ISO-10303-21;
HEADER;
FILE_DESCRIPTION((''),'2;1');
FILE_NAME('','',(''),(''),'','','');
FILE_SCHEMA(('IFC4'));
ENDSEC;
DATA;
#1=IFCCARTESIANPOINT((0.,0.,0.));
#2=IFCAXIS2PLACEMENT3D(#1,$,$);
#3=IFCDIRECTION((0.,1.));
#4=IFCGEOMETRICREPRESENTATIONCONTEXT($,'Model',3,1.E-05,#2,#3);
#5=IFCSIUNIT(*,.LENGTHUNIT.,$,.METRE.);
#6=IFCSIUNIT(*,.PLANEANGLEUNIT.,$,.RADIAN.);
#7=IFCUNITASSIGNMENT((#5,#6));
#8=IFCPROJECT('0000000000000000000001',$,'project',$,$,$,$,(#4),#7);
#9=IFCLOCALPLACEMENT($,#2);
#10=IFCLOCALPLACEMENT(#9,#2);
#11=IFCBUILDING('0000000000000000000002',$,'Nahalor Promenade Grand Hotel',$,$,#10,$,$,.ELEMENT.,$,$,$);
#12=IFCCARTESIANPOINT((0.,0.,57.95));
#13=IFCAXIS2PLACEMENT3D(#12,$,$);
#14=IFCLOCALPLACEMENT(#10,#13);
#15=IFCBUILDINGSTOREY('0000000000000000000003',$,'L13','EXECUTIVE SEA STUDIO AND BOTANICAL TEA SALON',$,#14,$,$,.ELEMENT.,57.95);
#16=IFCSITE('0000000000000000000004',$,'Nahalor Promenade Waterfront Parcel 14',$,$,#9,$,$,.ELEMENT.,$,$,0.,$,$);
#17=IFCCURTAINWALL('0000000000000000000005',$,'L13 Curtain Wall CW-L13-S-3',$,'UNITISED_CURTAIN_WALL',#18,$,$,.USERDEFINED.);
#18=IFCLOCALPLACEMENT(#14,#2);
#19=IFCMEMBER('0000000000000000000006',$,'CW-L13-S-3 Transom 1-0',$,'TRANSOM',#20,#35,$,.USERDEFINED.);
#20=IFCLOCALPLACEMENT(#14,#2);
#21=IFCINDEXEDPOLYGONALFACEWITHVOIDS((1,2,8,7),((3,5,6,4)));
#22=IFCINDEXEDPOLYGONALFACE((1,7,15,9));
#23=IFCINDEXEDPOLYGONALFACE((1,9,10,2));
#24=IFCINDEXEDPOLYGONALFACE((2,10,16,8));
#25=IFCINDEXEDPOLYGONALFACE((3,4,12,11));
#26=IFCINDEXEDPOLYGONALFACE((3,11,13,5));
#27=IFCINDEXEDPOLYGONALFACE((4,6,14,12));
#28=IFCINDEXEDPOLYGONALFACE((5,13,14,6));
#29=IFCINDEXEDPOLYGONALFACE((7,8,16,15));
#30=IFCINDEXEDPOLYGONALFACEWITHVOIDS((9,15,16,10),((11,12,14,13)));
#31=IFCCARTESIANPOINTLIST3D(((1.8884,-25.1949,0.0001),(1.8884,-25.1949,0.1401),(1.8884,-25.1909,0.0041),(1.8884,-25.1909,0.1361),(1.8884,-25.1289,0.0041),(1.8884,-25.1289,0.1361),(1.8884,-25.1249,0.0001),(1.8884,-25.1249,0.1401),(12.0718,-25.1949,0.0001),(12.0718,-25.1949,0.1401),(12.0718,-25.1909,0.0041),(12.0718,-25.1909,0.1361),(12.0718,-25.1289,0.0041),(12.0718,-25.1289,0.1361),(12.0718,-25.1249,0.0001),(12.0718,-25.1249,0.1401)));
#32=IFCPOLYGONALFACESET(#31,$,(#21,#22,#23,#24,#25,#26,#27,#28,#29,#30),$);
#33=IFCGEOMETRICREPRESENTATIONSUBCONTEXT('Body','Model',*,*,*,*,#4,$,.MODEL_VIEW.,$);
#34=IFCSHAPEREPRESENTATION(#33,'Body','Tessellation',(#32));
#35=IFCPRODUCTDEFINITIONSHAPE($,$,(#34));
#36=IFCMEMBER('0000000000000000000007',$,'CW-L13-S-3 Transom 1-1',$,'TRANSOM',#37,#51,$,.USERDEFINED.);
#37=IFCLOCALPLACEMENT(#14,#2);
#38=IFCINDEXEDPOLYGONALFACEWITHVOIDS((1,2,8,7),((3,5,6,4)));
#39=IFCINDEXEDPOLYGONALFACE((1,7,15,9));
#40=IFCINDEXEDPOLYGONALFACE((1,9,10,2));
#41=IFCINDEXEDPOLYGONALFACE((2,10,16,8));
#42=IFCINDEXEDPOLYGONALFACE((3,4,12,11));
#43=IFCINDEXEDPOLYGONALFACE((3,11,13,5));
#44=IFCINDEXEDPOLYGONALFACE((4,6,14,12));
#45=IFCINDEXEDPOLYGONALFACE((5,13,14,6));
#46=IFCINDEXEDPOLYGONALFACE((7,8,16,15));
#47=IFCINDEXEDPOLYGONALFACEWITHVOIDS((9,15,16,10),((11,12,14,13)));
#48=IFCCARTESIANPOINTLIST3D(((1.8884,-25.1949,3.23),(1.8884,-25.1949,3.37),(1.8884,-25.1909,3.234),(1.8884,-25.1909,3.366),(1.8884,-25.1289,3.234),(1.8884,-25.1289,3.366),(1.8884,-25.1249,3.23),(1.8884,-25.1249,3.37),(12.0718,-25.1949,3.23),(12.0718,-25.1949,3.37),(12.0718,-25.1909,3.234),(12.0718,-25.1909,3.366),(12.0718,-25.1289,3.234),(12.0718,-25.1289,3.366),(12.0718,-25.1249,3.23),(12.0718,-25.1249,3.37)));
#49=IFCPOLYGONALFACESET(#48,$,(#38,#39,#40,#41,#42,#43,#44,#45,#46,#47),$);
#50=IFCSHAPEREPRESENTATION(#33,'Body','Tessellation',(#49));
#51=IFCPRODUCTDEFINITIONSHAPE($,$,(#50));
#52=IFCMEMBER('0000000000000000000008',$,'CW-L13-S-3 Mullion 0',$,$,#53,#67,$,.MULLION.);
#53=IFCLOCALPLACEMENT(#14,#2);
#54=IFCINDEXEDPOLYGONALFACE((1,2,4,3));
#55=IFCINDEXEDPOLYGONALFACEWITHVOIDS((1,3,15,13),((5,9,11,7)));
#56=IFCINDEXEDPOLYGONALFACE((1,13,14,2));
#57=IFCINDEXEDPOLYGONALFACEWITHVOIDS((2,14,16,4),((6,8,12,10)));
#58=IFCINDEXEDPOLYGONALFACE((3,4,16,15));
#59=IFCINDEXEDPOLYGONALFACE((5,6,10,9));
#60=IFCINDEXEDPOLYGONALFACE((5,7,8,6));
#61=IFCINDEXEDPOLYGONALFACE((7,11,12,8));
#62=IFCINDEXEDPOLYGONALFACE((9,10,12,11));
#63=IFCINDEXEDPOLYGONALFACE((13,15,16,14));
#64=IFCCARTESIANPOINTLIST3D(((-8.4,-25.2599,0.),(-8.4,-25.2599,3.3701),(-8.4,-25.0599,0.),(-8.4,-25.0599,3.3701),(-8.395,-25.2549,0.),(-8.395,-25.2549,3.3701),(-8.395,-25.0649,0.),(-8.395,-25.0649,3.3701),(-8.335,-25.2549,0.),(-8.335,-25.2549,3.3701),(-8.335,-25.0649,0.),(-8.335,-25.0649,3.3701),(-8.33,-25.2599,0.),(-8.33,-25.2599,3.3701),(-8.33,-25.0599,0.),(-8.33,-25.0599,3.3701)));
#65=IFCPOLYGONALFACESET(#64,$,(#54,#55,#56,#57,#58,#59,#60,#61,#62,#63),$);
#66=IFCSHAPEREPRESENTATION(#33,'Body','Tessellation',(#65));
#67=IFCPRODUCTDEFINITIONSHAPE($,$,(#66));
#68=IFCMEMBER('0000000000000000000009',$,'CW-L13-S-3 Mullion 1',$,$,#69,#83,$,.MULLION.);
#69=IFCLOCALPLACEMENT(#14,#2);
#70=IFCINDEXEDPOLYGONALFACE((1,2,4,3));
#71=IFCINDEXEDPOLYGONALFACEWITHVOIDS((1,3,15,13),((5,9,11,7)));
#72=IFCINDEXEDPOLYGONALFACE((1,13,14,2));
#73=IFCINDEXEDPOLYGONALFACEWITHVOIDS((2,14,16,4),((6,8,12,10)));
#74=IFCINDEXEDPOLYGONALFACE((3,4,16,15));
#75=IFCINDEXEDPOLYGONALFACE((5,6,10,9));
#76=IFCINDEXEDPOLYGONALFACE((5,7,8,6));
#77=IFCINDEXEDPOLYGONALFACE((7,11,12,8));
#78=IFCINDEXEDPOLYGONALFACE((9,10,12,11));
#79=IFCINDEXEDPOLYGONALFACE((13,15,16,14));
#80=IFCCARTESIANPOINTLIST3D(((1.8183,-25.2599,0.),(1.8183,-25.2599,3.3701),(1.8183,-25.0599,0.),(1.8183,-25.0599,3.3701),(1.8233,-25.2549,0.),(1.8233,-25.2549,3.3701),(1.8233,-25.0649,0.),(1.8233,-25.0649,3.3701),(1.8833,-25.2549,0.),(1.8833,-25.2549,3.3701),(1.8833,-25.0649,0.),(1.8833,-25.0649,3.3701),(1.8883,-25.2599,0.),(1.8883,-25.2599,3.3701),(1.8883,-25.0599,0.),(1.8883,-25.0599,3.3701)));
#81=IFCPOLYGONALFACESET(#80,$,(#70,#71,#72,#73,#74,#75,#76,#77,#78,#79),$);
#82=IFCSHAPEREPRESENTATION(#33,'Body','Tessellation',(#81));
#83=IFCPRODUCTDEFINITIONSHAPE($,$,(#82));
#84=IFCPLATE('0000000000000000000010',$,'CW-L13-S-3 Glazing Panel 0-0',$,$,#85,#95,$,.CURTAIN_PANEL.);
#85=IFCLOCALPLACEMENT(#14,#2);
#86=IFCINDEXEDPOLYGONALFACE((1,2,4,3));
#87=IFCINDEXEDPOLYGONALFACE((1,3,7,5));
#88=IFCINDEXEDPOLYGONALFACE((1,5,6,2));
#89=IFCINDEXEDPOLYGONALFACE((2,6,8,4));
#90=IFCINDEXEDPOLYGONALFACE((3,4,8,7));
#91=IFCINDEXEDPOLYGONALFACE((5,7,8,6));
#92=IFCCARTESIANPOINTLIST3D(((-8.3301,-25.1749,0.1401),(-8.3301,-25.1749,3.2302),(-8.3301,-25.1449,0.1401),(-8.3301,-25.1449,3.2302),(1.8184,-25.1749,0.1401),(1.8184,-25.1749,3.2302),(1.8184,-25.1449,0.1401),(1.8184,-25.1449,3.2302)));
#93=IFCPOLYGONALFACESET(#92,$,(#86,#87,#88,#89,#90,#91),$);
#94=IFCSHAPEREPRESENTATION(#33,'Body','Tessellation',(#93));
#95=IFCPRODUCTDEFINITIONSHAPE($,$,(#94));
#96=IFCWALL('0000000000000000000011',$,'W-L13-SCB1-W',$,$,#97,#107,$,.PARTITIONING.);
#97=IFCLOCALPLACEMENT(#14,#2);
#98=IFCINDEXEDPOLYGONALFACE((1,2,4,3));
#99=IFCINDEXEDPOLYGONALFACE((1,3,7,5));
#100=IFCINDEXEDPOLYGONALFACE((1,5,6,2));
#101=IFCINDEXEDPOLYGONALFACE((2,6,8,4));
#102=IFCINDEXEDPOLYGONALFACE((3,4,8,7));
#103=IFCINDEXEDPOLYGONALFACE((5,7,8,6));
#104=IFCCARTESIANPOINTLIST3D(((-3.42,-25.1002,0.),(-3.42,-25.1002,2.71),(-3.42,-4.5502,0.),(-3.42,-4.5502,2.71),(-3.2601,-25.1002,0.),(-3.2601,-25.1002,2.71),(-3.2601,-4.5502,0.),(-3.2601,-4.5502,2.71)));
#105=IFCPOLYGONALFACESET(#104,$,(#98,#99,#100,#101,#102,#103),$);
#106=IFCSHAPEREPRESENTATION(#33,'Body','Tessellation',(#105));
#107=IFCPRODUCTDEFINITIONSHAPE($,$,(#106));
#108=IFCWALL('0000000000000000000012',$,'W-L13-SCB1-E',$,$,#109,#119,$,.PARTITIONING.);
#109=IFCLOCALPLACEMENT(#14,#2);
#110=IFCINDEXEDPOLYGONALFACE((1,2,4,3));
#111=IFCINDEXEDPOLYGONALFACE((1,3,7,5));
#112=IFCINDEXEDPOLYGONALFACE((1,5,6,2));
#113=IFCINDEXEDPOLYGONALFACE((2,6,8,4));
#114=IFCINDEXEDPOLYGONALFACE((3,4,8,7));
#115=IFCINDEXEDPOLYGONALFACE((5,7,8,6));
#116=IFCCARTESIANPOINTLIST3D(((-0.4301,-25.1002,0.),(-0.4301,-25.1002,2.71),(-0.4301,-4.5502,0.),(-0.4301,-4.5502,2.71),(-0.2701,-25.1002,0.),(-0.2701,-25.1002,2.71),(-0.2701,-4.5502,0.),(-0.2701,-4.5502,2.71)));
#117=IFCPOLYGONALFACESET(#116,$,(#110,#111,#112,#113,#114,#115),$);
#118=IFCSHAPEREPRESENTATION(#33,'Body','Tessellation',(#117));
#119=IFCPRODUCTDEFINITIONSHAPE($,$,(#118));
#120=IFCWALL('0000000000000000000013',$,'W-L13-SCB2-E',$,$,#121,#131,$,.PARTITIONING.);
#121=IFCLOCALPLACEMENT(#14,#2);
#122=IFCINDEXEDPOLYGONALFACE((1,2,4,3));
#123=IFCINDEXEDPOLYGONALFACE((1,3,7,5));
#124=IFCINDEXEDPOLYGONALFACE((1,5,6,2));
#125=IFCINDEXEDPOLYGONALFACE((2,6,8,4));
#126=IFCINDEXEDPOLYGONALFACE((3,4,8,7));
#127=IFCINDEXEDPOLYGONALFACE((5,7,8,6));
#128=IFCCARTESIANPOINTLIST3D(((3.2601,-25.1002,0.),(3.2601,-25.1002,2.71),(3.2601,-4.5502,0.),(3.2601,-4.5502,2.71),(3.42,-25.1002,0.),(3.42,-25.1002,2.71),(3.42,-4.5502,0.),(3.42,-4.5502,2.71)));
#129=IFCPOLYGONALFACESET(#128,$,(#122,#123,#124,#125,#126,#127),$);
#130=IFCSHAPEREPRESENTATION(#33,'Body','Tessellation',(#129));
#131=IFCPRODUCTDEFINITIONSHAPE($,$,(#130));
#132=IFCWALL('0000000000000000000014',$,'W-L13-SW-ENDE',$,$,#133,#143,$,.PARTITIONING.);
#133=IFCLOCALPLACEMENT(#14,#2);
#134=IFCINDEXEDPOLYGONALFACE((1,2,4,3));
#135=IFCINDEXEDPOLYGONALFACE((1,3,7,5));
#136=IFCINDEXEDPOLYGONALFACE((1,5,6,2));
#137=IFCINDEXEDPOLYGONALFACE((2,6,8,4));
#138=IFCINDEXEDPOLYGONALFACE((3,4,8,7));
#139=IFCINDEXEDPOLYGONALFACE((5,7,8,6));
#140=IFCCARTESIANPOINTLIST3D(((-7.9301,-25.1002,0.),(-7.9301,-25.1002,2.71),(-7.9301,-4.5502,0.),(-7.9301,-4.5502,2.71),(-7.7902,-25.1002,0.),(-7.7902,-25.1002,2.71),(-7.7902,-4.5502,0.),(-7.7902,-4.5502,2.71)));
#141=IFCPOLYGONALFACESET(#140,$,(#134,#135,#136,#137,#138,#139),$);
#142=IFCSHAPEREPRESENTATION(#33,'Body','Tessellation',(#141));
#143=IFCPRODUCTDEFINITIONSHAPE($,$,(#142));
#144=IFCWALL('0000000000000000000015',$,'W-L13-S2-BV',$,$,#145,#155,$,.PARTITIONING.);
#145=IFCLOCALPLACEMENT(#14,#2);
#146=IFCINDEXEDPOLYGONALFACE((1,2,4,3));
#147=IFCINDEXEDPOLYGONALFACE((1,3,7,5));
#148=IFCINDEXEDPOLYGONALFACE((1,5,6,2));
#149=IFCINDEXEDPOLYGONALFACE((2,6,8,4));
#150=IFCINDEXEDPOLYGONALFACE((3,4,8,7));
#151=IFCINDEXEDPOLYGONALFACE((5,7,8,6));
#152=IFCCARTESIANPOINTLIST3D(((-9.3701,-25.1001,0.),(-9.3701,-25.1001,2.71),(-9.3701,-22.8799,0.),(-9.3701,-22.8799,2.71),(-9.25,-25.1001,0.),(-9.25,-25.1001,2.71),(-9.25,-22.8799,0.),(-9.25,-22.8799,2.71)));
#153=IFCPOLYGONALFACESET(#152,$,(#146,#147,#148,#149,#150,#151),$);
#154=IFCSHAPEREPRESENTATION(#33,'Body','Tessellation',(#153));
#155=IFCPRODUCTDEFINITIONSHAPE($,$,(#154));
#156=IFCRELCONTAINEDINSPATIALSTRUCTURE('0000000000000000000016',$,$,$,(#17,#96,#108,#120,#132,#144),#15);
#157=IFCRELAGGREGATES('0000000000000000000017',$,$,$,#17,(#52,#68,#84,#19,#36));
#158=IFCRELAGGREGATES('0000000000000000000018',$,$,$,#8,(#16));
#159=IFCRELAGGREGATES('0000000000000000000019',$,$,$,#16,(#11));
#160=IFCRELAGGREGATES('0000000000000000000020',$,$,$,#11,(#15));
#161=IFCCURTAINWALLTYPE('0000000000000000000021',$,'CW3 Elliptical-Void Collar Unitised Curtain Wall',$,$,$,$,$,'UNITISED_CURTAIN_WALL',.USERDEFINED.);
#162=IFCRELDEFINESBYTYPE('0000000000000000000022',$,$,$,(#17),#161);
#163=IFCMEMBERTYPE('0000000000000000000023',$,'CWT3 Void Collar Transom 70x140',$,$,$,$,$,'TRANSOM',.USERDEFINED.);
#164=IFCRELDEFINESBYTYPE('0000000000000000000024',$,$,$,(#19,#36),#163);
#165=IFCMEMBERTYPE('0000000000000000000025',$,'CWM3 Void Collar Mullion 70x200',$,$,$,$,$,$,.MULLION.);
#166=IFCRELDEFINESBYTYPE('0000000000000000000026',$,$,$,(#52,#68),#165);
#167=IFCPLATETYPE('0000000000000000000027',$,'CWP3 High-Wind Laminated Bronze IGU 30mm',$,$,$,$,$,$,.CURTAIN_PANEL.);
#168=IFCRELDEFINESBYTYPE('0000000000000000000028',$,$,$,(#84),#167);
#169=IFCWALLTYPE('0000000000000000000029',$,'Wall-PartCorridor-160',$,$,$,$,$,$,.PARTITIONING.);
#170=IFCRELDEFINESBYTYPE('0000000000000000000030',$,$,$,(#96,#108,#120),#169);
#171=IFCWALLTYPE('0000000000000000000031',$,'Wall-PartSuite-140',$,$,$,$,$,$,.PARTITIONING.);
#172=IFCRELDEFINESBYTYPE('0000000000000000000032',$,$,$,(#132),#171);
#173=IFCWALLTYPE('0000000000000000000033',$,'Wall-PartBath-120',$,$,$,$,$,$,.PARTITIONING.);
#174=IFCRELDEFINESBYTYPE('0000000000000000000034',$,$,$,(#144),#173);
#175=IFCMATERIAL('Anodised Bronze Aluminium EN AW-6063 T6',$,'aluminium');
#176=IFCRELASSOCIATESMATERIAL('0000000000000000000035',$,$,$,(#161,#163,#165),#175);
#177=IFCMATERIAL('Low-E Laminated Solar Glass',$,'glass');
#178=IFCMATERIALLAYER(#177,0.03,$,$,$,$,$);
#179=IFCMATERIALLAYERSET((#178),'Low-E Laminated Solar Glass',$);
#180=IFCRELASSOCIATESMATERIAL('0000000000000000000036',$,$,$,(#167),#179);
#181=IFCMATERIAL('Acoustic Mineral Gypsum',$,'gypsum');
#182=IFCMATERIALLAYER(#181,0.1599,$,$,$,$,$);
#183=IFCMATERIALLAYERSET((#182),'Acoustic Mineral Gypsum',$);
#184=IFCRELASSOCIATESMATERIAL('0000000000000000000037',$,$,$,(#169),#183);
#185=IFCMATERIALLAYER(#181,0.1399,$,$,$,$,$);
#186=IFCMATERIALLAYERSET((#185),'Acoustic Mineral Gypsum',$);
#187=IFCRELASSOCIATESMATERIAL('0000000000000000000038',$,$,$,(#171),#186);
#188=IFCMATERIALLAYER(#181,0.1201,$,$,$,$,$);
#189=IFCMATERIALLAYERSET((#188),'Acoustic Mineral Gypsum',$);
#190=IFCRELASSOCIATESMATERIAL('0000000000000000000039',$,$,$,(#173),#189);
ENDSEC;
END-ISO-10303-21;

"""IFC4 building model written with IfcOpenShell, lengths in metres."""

from ifc_helpers import new_model, si_unit, direction, frame, frame_2d, origin, origin_2d, place, context, subcontext, project, spatial, rectangle, hollow_rectangle, extrude, source, transform, mapped, material, layer, layer_set, material_profile, profile_set, type_object, element, aggregate, save


model = new_model("IFC4")

# Units and contexts
model_context = context("Model", 3, precision=1e-05, world=origin(), true_north=direction((0.0, 1.0)))
body_context = subcontext(model_context, "Body", "Model", "MODEL_VIEW")
ifc_project = project(units=[si_unit("LENGTHUNIT", "METRE"), si_unit("PLANEANGLEUNIT", "RADIAN")], contexts=[model_context])

# Site, building, storey
site_placement = place(None, origin())
site = spatial("IfcSite", under=ifc_project, at=site_placement, Name="Nahalor Promenade Waterfront Parcel 14", CompositionType="ELEMENT", RefElevation=0.0)
building_placement = place(site_placement, origin())
building = spatial("IfcBuilding", under=site, at=building_placement, Name="Nahalor Promenade Grand Hotel", CompositionType="ELEMENT")
storey_placement = place(building_placement, frame((0.0, 0.0, 57.95)))
storey = spatial("IfcBuildingStorey", under=building, at=storey_placement, Name="L13", Description="EXECUTIVE SEA STUDIO AND BOTANICAL TEA SALON", CompositionType="ELEMENT", Elevation=57.95)

# Curtain wall, members, plate
ifc_material_1 = material(Name="Anodised Bronze Aluminium EN AW-6063 T6", Category="aluminium")
curtain_wall_type = type_object("IfcCurtainWallType", Name="CW3 Elliptical-Void Collar Unitised Curtain Wall", ElementType="UNITISED_CURTAIN_WALL", PredefinedType="USERDEFINED", material=ifc_material_1)
curtain_wall_placement = place(storey_placement, origin())
curtain_wall = element("IfcCurtainWall", 1, at=curtain_wall_placement, inside=storey, type_object=curtain_wall_type, Name="L13 Curtain Wall CW-L13-S-3", ObjectType="UNITISED_CURTAIN_WALL", PredefinedType="USERDEFINED")
ifc_material_profile_1 = material_profile(ifc_material_1, hollow_rectangle(XDim=0.07, YDim=0.14, WallThickness=0.004, at=origin_2d()), Name="CWT 70x140x4")
ifc_profile_set_1 = profile_set([ifc_material_profile_1], Name="Anodised Bronze Aluminium EN AW-6063 T6")
member_type_1 = type_object("IfcMemberType", Name="CWT3 Void Collar Transom 70x140", ElementType="TRANSOM", PredefinedType="USERDEFINED", material=ifc_profile_set_1)
shared_shape_1 = source(origin(), body_context, "Body", "SweptSolid", [
    extrude(hollow_rectangle(XDim=0.07, YDim=0.14, WallThickness=0.004, at=origin_2d()), origin(), (0.0, 0.0, 1.0), 10.1833),
])
member_1_placement = place(storey_placement, frame((1.8884, -25.1599, 0.0701), z_axis=(1.0, 0.0, 0.0), x_axis=(0.0, 1.0, 0.0)))
member_1 = element("IfcMember", 2, at=member_1_placement, type_object=member_type_1, Name="CW-L13-S-3 Transom 1-0", ObjectType="TRANSOM", PredefinedType="USERDEFINED", context=body_context, shape_type="MappedRepresentation", body=[
    mapped(shared_shape_1, transform((0.0, 0.0, 0.0), scale=1.0)),
])
member_2_placement = place(storey_placement, frame((1.8884, -25.1599, 3.3), z_axis=(1.0, 0.0, 0.0), x_axis=(0.0, 1.0, 0.0)))
member_2 = element("IfcMember", 3, at=member_2_placement, type_object=member_type_1, Name="CW-L13-S-3 Transom 1-1", ObjectType="TRANSOM", PredefinedType="USERDEFINED", context=body_context, shape_type="MappedRepresentation", body=[
    mapped(shared_shape_1, transform((0.0, 0.0, 0.0), scale=1.0)),
])
ifc_material_profile_2 = material_profile(ifc_material_1, hollow_rectangle(XDim=0.07, YDim=0.2, WallThickness=0.005, at=origin_2d()), Name="CWM 70x200x5")
ifc_profile_set_2 = profile_set([ifc_material_profile_2], Name="Anodised Bronze Aluminium EN AW-6063 T6")
member_type_2 = type_object("IfcMemberType", Name="CWM3 Void Collar Mullion 70x200", PredefinedType="MULLION", material=ifc_profile_set_2)
shared_shape_2 = source(origin(), body_context, "Body", "SweptSolid", [
    extrude(hollow_rectangle(XDim=0.07, YDim=0.2, WallThickness=0.005, at=origin_2d()), origin(), (0.0, 0.0, 1.0), 3.3701),
])
member_3_placement = place(storey_placement, frame((-8.365, -25.1599, 0.0), z_axis=(0.0, 0.0, 1.0), x_axis=(1.0, 0.0, 0.0)))
member_3 = element("IfcMember", 4, at=member_3_placement, type_object=member_type_2, Name="CW-L13-S-3 Mullion 0", PredefinedType="MULLION", context=body_context, shape_type="MappedRepresentation", body=[
    mapped(shared_shape_2, transform((0.0, 0.0, 0.0), scale=1.0)),
])
member_4_placement = place(storey_placement, frame((1.8533, -25.1599, 0.0), z_axis=(0.0, 0.0, 1.0), x_axis=(1.0, 0.0, 0.0)))
member_4 = element("IfcMember", 5, at=member_4_placement, type_object=member_type_2, Name="CW-L13-S-3 Mullion 1", PredefinedType="MULLION", context=body_context, shape_type="MappedRepresentation", body=[
    mapped(shared_shape_2, transform((0.0, 0.0, 0.0), scale=1.0)),
])
ifc_material_2 = material(Name="Low-E Laminated Solar Glass", Category="glass")
ifc_layer_1 = layer(ifc_material_2, 0.03)
ifc_layer_set_1 = layer_set([ifc_layer_1], Name="Low-E Laminated Solar Glass")
plate_type = type_object("IfcPlateType", Name="CWP3 High-Wind Laminated Bronze IGU 30mm", PredefinedType="CURTAIN_PANEL", material=ifc_layer_set_1)
shared_shape_3 = source(origin(), body_context, "Body", "SweptSolid", [
    extrude(rectangle(XDim=10.1484, YDim=0.03, at=origin_2d()), origin(), (0.0, 0.0, 1.0), 3.0901),
])
plate_placement = place(storey_placement, frame((-3.2559, -25.1599, 0.1401), z_axis=(0.0, 0.0, 1.0), x_axis=(1.0, 0.0, 0.0)))
plate = element("IfcPlate", 6, at=plate_placement, type_object=plate_type, Name="CW-L13-S-3 Glazing Panel 0-0", PredefinedType="CURTAIN_PANEL", context=body_context, shape_type="MappedRepresentation", body=[
    mapped(shared_shape_3, transform((0.0, 0.0, 0.0), scale=1.0)),
])
aggregate(curtain_wall, [member_3, member_4, plate, member_1, member_2])

# Walls
ifc_material_3 = material(Name="Acoustic Mineral Gypsum", Category="gypsum")
ifc_layer_2 = layer(ifc_material_3, 0.1599)
ifc_layer_set_2 = layer_set([ifc_layer_2], Name="Acoustic Mineral Gypsum")
wall_type_1 = type_object("IfcWallType", Name="Wall-PartCorridor-160", PredefinedType="PARTITIONING", material=ifc_layer_set_2)
shared_shape_4 = source(origin(), body_context, "Body", "SweptSolid", [
    extrude(rectangle(XDim=20.55, YDim=0.1599, at=frame_2d((10.2749, 0.0))), origin(), (0.0, 0.0, 1.0), 2.71),
])
for number, where, z_axis, x_axis, name in (
    (7, (-3.3401, -25.1001, 0.0), (0.0, 0.0, 1.0), (0.0, 1.0, 0.0), "W-L13-SCB1-W"),
    (8, (-0.3501, -25.1001, 0.0), (0.0, 0.0, 1.0), (0.0, 1.0, 0.0), "W-L13-SCB1-E"),
    (9, (3.3401, -25.1001, 0.0), (0.0, 0.0, 1.0), (0.0, 1.0, 0.0), "W-L13-SCB2-E"),
):
    element("IfcWall", number, at=place(storey_placement, frame(where, z_axis=z_axis, x_axis=x_axis)), inside=storey, type_object=wall_type_1, Name=name, PredefinedType="PARTITIONING", context=body_context, shape_type="MappedRepresentation", body=[
        mapped(shared_shape_4, transform((0.0, 0.0, 0.0), scale=1.0)),
    ])
ifc_layer_3 = layer(ifc_material_3, 0.1399)
ifc_layer_set_3 = layer_set([ifc_layer_3], Name="Acoustic Mineral Gypsum")
wall_type_2 = type_object("IfcWallType", Name="Wall-PartSuite-140", PredefinedType="PARTITIONING", material=ifc_layer_set_3)
shared_shape_5 = source(origin(), body_context, "Body", "SweptSolid", [
    extrude(rectangle(XDim=20.55, YDim=0.1399, at=frame_2d((10.2749, 0.0))), origin(), (0.0, 0.0, 1.0), 2.71),
])
wall_1_placement = place(storey_placement, frame((-7.8601, -25.1001, 0.0), z_axis=(0.0, 0.0, 1.0), x_axis=(0.0, 1.0, 0.0)))
element("IfcWall", 10, at=wall_1_placement, inside=storey, type_object=wall_type_2, Name="W-L13-SW-ENDE", PredefinedType="PARTITIONING", context=body_context, shape_type="MappedRepresentation", body=[
    mapped(shared_shape_5, transform((0.0, 0.0, 0.0), scale=1.0)),
])
ifc_layer_4 = layer(ifc_material_3, 0.1201)
ifc_layer_set_4 = layer_set([ifc_layer_4], Name="Acoustic Mineral Gypsum")
wall_type_3 = type_object("IfcWallType", Name="Wall-PartBath-120", PredefinedType="PARTITIONING", material=ifc_layer_set_4)
shared_shape_6 = source(origin(), body_context, "Body", "SweptSolid", [
    extrude(rectangle(XDim=2.2202, YDim=0.1201, at=frame_2d((1.1101, 0.0))), origin(), (0.0, 0.0, 1.0), 2.71),
])
wall_2_placement = place(storey_placement, frame((-9.3101, -25.1001, 0.0), z_axis=(0.0, 0.0, 1.0), x_axis=(0.0, 1.0, 0.0)))
element("IfcWall", 11, at=wall_2_placement, inside=storey, type_object=wall_type_3, Name="W-L13-S2-BV", PredefinedType="PARTITIONING", context=body_context, shape_type="MappedRepresentation", body=[
    mapped(shared_shape_6, transform((0.0, 0.0, 0.0), scale=1.0)),
])

save(model, "model.ifc")
